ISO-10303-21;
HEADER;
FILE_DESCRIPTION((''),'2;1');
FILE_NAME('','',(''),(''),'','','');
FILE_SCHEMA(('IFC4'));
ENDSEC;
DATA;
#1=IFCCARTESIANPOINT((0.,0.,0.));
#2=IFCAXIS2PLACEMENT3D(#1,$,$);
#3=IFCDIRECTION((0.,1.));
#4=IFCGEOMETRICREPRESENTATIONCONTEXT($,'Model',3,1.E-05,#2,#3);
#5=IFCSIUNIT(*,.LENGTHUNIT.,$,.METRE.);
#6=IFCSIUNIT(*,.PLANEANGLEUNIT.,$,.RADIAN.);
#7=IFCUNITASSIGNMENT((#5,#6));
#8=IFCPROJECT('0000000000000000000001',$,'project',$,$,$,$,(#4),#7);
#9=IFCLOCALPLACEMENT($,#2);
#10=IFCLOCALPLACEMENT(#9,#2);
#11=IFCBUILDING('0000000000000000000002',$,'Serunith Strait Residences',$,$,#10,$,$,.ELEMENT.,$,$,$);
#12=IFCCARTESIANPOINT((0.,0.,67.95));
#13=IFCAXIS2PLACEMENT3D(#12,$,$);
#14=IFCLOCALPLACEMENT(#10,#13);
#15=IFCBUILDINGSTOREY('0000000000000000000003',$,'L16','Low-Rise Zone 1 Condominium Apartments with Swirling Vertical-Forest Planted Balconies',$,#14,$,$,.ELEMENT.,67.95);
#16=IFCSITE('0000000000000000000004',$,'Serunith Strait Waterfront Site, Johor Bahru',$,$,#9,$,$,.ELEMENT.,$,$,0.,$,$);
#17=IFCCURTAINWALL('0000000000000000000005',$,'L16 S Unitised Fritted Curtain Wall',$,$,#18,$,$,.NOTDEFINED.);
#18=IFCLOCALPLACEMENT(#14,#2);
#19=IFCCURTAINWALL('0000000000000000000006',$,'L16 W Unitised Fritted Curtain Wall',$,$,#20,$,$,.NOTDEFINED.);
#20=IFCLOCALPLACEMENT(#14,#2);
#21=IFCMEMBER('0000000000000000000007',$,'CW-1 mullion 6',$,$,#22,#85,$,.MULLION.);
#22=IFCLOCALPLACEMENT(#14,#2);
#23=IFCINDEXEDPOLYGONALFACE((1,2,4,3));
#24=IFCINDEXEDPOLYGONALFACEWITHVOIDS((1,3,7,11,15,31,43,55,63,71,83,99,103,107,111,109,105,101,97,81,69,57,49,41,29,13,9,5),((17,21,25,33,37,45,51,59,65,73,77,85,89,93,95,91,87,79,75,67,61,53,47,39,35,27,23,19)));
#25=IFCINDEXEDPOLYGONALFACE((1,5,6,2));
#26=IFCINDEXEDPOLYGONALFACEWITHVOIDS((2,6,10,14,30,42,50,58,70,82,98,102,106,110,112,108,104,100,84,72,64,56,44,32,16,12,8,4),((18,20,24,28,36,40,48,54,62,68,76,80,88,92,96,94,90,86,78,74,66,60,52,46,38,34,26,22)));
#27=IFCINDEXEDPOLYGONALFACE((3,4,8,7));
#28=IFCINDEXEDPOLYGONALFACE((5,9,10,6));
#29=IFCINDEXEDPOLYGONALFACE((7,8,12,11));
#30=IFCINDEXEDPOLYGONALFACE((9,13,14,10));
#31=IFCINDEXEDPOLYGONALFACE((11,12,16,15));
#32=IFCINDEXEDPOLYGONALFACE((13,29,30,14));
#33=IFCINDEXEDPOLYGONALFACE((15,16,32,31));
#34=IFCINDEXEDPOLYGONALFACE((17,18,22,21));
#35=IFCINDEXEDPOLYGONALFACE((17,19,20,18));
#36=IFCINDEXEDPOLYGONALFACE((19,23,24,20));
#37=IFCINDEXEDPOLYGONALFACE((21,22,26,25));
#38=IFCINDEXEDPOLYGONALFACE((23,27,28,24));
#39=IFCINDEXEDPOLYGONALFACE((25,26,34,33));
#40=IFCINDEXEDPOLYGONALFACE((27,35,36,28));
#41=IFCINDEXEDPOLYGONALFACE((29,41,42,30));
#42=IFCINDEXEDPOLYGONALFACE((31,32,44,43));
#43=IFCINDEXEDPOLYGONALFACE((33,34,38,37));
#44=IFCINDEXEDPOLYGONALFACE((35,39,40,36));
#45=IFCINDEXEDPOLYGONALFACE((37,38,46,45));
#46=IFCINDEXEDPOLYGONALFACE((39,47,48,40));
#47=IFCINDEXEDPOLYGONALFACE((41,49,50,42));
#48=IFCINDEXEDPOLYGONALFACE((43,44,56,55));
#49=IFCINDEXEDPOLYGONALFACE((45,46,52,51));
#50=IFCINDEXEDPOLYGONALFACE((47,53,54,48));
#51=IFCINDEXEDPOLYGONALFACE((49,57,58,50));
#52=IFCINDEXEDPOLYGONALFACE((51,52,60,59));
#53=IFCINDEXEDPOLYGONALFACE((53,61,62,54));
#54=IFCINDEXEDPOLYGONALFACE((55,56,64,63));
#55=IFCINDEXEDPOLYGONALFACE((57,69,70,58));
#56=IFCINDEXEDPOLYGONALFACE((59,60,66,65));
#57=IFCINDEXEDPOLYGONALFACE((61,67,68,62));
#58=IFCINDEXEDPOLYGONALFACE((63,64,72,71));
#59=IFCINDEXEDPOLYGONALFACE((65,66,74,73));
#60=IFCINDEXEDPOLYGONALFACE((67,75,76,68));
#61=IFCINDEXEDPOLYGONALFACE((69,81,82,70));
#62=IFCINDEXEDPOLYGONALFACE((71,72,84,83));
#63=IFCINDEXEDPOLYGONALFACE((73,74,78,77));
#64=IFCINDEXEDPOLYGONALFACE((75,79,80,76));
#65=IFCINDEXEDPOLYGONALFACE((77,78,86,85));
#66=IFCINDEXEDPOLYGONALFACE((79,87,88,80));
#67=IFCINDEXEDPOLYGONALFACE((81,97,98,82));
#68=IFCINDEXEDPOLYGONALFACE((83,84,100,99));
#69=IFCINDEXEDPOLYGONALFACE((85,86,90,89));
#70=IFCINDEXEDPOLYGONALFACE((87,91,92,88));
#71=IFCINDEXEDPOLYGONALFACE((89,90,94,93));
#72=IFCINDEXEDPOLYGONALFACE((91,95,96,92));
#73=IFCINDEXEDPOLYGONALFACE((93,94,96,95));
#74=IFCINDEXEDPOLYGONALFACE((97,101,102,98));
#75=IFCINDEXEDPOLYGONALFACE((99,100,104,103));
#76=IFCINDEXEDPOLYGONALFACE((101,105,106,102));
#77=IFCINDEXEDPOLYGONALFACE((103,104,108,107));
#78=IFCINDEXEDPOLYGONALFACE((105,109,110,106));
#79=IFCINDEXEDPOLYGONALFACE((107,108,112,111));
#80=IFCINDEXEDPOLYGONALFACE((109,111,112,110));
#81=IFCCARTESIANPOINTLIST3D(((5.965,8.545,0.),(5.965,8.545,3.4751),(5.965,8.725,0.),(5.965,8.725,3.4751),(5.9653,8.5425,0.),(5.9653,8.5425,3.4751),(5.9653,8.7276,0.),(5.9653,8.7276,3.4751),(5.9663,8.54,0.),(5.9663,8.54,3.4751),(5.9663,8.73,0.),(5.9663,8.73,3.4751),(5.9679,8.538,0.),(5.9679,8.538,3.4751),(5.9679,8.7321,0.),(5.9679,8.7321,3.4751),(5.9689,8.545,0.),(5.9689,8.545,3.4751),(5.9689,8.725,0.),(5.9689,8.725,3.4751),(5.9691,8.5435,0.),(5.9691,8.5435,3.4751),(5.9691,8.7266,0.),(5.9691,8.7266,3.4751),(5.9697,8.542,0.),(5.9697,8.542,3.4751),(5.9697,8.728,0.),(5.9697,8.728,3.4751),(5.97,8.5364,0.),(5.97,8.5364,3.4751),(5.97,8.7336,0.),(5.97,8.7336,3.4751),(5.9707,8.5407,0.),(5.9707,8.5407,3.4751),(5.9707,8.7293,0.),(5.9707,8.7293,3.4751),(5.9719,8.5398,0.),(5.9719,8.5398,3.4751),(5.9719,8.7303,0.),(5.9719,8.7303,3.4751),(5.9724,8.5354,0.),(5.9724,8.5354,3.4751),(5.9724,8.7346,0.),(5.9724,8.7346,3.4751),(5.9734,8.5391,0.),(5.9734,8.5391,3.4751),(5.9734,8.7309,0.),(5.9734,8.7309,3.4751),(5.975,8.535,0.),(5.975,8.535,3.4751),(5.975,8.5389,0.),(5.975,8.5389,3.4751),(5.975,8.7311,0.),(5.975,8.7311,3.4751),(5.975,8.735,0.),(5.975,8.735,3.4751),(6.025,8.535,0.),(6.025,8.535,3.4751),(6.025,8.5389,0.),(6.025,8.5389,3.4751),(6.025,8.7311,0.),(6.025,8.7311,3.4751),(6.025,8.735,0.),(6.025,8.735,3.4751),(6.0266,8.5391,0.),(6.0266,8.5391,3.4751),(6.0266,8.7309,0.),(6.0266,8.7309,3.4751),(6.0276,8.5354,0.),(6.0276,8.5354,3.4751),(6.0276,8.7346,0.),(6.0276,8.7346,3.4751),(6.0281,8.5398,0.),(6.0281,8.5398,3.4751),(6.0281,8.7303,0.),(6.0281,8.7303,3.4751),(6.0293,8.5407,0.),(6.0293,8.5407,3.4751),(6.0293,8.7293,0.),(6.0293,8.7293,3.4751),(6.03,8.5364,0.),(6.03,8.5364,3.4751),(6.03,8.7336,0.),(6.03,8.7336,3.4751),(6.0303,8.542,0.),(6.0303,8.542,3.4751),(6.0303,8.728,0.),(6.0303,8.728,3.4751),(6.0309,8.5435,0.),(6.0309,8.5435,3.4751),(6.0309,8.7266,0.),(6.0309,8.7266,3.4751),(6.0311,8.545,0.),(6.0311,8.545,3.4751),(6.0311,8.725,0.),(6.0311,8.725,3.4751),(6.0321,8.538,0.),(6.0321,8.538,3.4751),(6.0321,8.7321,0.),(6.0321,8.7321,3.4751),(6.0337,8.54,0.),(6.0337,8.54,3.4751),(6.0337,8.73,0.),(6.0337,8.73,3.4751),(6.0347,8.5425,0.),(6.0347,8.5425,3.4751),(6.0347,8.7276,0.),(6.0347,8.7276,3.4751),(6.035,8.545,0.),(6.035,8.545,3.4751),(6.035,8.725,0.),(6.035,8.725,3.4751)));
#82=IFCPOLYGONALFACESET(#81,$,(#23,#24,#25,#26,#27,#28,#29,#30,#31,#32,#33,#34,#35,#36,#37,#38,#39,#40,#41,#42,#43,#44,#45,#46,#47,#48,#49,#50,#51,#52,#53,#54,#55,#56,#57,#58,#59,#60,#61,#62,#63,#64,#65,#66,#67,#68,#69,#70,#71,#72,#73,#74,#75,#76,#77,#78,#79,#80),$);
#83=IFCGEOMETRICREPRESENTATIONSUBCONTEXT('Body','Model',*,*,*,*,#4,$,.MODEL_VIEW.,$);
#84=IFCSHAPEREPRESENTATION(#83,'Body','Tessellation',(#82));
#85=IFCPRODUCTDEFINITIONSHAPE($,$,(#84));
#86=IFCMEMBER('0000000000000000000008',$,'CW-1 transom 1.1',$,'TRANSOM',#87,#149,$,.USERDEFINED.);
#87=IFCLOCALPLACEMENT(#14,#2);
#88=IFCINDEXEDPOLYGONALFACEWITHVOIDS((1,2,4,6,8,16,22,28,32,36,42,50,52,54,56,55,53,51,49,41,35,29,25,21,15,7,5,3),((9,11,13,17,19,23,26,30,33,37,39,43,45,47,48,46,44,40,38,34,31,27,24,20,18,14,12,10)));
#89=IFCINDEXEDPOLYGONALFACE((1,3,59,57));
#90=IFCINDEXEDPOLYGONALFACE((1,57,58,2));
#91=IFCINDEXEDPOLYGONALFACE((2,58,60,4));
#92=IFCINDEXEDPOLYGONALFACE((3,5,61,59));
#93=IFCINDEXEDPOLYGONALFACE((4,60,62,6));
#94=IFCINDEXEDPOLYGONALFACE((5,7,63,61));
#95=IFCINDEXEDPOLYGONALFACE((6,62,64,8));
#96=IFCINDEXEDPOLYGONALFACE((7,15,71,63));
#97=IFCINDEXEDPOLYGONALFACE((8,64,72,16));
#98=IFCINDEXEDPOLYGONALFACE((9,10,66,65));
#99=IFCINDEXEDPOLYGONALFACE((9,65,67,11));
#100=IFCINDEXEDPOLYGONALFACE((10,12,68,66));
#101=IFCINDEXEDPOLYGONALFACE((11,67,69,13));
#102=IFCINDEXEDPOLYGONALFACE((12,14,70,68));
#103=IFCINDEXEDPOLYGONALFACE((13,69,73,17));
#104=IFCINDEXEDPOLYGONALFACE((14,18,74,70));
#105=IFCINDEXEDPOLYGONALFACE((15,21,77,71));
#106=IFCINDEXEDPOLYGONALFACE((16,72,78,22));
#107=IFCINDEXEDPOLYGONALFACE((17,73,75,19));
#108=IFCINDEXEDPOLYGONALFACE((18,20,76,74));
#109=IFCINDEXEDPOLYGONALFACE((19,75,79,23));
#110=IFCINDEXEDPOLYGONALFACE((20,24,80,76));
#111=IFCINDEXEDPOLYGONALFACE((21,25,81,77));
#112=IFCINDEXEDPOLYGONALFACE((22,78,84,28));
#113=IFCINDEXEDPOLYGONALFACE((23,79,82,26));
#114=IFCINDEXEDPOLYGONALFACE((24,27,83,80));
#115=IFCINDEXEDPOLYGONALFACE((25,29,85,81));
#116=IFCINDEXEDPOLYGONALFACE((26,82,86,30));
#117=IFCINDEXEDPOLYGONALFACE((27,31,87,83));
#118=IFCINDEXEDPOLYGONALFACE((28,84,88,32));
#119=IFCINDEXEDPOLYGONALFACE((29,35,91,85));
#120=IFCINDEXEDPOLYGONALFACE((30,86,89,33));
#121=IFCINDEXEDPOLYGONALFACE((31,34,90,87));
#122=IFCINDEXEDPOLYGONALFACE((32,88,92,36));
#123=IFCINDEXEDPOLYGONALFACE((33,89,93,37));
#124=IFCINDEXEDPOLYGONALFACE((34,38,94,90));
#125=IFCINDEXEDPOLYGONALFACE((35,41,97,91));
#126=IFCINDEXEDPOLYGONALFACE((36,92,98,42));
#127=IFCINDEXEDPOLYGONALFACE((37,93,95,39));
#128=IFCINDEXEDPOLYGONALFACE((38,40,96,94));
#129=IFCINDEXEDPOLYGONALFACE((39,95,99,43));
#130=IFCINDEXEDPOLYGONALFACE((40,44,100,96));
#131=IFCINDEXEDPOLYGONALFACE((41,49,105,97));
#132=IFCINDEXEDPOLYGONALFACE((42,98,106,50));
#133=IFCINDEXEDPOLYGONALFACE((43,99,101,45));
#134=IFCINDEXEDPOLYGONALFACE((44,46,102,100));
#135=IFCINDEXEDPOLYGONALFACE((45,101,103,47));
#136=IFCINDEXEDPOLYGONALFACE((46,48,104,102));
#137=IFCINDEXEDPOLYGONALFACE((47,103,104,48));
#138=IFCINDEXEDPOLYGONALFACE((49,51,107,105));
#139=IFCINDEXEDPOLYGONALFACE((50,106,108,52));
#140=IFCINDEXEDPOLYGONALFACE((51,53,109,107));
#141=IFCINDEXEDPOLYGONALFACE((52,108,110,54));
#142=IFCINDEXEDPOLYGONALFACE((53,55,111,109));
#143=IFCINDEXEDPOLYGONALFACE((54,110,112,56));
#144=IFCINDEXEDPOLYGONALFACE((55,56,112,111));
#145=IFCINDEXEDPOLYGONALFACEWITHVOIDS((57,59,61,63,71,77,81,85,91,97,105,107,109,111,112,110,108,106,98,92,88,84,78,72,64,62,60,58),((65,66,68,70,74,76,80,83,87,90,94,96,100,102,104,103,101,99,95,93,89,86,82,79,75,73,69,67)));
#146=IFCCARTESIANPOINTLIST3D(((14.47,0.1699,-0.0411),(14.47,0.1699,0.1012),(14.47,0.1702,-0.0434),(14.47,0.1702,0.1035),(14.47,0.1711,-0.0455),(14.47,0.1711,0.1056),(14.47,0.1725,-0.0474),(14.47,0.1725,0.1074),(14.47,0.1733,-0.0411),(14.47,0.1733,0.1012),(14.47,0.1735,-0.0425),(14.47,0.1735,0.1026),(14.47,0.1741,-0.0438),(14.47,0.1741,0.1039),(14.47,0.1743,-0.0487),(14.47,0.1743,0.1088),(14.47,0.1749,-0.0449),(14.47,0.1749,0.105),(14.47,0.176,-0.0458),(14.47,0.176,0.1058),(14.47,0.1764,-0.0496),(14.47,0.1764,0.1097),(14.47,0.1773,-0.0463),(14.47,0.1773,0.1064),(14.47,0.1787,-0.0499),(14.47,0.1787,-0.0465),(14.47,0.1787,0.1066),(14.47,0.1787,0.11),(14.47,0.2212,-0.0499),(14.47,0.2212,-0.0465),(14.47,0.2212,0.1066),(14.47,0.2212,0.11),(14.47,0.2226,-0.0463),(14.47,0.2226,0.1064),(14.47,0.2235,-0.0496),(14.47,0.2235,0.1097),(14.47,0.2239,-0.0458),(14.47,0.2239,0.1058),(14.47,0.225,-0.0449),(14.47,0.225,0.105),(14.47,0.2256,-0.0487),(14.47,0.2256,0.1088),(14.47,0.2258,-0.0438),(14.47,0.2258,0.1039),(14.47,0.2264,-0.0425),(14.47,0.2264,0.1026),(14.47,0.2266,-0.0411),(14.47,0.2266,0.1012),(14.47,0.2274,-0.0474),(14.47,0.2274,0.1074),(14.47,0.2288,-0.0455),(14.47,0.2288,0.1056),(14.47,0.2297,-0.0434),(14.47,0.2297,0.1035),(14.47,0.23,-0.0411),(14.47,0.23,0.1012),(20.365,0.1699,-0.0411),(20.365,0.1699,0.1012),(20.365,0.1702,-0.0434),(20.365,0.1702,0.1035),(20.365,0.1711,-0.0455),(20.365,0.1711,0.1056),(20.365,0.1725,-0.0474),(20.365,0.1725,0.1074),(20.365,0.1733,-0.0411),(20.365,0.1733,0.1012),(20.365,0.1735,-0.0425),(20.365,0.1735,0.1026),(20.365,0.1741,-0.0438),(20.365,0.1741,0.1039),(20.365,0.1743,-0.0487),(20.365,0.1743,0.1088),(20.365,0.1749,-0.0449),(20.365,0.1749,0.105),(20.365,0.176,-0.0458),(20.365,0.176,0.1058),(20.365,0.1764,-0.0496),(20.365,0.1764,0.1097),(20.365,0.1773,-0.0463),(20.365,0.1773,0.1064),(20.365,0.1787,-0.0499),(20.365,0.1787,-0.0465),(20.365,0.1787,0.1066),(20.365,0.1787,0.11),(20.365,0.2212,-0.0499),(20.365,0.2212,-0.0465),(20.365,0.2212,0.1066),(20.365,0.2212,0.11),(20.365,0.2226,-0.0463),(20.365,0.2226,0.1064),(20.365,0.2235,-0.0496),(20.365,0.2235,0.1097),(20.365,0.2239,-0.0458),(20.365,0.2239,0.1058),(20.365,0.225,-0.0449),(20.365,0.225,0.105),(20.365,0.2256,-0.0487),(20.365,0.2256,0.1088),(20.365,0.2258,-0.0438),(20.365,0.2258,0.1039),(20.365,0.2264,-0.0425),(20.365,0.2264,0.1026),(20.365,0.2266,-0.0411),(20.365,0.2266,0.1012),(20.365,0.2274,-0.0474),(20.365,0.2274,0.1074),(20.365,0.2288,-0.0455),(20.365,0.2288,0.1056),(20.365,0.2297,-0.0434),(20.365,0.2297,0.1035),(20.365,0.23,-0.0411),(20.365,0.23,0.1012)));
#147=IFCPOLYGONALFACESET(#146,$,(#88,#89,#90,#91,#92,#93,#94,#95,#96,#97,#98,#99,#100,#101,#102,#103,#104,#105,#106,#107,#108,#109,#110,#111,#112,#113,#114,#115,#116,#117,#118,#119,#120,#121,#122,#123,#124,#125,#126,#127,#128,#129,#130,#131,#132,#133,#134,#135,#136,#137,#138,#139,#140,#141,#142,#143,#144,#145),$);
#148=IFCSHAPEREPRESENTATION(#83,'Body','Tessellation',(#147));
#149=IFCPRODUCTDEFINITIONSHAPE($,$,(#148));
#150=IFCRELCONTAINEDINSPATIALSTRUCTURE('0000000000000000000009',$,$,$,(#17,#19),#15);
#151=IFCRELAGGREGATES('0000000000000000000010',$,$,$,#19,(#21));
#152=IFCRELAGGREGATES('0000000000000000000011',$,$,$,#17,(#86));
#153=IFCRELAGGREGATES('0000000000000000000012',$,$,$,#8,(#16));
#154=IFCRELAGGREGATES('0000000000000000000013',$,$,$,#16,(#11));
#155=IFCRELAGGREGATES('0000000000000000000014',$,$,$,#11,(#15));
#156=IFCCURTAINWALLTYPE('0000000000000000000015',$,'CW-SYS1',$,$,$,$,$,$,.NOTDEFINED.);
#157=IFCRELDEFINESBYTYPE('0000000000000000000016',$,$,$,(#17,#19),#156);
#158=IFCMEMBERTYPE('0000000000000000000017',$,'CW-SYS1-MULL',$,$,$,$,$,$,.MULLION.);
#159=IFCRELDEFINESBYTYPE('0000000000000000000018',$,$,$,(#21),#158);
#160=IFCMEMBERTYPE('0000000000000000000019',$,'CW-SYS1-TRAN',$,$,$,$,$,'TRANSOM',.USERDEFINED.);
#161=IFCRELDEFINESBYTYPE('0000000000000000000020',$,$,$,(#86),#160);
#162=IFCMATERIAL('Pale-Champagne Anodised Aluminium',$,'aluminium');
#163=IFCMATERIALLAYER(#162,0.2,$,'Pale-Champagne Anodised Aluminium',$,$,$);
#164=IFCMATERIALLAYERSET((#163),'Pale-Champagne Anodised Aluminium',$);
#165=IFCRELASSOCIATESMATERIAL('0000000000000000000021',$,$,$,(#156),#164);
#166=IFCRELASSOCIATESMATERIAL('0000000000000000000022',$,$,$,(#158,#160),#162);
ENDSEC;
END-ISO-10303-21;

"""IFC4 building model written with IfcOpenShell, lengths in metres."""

from ifc_helpers import new_model, si_unit, direction, frame, origin, origin_2d, place, context, subcontext, project, spatial, hollow_rectangle, extrude, source, transform, mapped, material, layer, layer_set, material_profile, profile_set, type_object, element, aggregate, save


model = new_model("IFC4")

# Units and contexts
model_context = context("Model", 3, precision=1e-05, world=origin(), true_north=direction((0.0, 1.0)))
body_context = subcontext(model_context, "Body", "Model", "MODEL_VIEW")
ifc_project = project(units=[si_unit("LENGTHUNIT", "METRE"), si_unit("PLANEANGLEUNIT", "RADIAN")], contexts=[model_context])

# Site, building, storey
site_placement = place(None, origin())
site = spatial("IfcSite", under=ifc_project, at=site_placement, Name="Serunith Strait Waterfront Site, Johor Bahru", CompositionType="ELEMENT", RefElevation=0.0)
building_placement = place(site_placement, origin())
building = spatial("IfcBuilding", under=site, at=building_placement, Name="Serunith Strait Residences", CompositionType="ELEMENT")
storey_placement = place(building_placement, frame((0.0, 0.0, 67.95)))
storey = spatial("IfcBuildingStorey", under=building, at=storey_placement, Name="L16", Description="Low-Rise Zone 1 Condominium Apartments with Swirling Vertical-Forest Planted Balconies", CompositionType="ELEMENT", Elevation=67.95)

# Curtain walls, member
ifc_material_1 = material(Name="Pale-Champagne Anodised Aluminium", Category="aluminium")
ifc_layer_1 = layer(ifc_material_1, 0.2, Name="Pale-Champagne Anodised Aluminium")
ifc_layer_set_1 = layer_set([ifc_layer_1], Name="Pale-Champagne Anodised Aluminium")
curtain_wall_type = type_object("IfcCurtainWallType", Name="CW-SYS1", PredefinedType="NOTDEFINED", material=ifc_layer_set_1)
curtain_wall_1_placement = place(storey_placement, origin())
curtain_wall_1 = element("IfcCurtainWall", 1, at=curtain_wall_1_placement, inside=storey, type_object=curtain_wall_type, Name="L16 S Unitised Fritted Curtain Wall", PredefinedType="NOTDEFINED")
ifc_material_profile_1 = material_profile(ifc_material_1, hollow_rectangle(XDim=0.0701, YDim=0.2, WallThickness=0.0039, InnerFilletRadius=0.0061, OuterFilletRadius=0.01, at=origin_2d()), Name="ALU 200x70x4")
ifc_profile_set_1 = profile_set([ifc_material_profile_1], Name="Pale-Champagne Anodised Aluminium")
member_type_1 = type_object("IfcMemberType", Name="CW-SYS1-MULL", PredefinedType="MULLION", material=ifc_profile_set_1)
shared_shape_1 = source(origin(), body_context, "Body", "SweptSolid", [
    extrude(hollow_rectangle(XDim=0.0701, YDim=0.2, WallThickness=0.0039, InnerFilletRadius=0.0061, OuterFilletRadius=0.01, at=origin_2d()), origin(), (0.0, 0.0, 1.0), 3.4751),
])
curtain_wall_2_placement = place(storey_placement, origin())
curtain_wall_2 = element("IfcCurtainWall", 2, at=curtain_wall_2_placement, inside=storey, type_object=curtain_wall_type, Name="L16 W Unitised Fritted Curtain Wall", PredefinedType="NOTDEFINED")
member_1_placement = place(storey_placement, frame((6.0, 8.635, 0.0), z_axis=(0.0, 0.0, 1.0), x_axis=(1.0, 0.0, 0.0)))
member_1 = element("IfcMember", 3, at=member_1_placement, type_object=member_type_1, Name="CW-1 mullion 6", PredefinedType="MULLION", context=body_context, shape_type="MappedRepresentation", body=[
    mapped(shared_shape_1, transform((0.0, 0.0, 0.0), scale=1.0)),
])
aggregate(curtain_wall_2, [member_1])

# Member
ifc_material_profile_2 = material_profile(ifc_material_1, hollow_rectangle(XDim=0.0601, YDim=0.1599, WallThickness=0.0034, InnerFilletRadius=0.0054, OuterFilletRadius=0.0088, at=origin_2d()), Name="ALU 160x60x3.5")
ifc_profile_set_2 = profile_set([ifc_material_profile_2], Name="Pale-Champagne Anodised Aluminium")
member_type_2 = type_object("IfcMemberType", Name="CW-SYS1-TRAN", ElementType="TRANSOM", PredefinedType="USERDEFINED", material=ifc_profile_set_2)
shared_shape_2 = source(origin(), body_context, "Body", "SweptSolid", [
    extrude(hollow_rectangle(XDim=0.0601, YDim=0.1599, WallThickness=0.0034, InnerFilletRadius=0.0054, OuterFilletRadius=0.0088, at=origin_2d()), origin(), (0.0, 0.0, 1.0), 5.895),
])
member_2_placement = place(storey_placement, frame((14.47, 0.2, 0.03), z_axis=(1.0, 0.0, 0.0), x_axis=(0.0, 1.0, 0.0)))
member_2 = element("IfcMember", 4, at=member_2_placement, type_object=member_type_2, Name="CW-1 transom 1.1", ObjectType="TRANSOM", PredefinedType="USERDEFINED", context=body_context, shape_type="MappedRepresentation", body=[
    mapped(shared_shape_2, transform((0.0, 0.0, 0.0), scale=1.0)),
])
aggregate(curtain_wall_1, [member_2])

save(model, "model.ifc")
